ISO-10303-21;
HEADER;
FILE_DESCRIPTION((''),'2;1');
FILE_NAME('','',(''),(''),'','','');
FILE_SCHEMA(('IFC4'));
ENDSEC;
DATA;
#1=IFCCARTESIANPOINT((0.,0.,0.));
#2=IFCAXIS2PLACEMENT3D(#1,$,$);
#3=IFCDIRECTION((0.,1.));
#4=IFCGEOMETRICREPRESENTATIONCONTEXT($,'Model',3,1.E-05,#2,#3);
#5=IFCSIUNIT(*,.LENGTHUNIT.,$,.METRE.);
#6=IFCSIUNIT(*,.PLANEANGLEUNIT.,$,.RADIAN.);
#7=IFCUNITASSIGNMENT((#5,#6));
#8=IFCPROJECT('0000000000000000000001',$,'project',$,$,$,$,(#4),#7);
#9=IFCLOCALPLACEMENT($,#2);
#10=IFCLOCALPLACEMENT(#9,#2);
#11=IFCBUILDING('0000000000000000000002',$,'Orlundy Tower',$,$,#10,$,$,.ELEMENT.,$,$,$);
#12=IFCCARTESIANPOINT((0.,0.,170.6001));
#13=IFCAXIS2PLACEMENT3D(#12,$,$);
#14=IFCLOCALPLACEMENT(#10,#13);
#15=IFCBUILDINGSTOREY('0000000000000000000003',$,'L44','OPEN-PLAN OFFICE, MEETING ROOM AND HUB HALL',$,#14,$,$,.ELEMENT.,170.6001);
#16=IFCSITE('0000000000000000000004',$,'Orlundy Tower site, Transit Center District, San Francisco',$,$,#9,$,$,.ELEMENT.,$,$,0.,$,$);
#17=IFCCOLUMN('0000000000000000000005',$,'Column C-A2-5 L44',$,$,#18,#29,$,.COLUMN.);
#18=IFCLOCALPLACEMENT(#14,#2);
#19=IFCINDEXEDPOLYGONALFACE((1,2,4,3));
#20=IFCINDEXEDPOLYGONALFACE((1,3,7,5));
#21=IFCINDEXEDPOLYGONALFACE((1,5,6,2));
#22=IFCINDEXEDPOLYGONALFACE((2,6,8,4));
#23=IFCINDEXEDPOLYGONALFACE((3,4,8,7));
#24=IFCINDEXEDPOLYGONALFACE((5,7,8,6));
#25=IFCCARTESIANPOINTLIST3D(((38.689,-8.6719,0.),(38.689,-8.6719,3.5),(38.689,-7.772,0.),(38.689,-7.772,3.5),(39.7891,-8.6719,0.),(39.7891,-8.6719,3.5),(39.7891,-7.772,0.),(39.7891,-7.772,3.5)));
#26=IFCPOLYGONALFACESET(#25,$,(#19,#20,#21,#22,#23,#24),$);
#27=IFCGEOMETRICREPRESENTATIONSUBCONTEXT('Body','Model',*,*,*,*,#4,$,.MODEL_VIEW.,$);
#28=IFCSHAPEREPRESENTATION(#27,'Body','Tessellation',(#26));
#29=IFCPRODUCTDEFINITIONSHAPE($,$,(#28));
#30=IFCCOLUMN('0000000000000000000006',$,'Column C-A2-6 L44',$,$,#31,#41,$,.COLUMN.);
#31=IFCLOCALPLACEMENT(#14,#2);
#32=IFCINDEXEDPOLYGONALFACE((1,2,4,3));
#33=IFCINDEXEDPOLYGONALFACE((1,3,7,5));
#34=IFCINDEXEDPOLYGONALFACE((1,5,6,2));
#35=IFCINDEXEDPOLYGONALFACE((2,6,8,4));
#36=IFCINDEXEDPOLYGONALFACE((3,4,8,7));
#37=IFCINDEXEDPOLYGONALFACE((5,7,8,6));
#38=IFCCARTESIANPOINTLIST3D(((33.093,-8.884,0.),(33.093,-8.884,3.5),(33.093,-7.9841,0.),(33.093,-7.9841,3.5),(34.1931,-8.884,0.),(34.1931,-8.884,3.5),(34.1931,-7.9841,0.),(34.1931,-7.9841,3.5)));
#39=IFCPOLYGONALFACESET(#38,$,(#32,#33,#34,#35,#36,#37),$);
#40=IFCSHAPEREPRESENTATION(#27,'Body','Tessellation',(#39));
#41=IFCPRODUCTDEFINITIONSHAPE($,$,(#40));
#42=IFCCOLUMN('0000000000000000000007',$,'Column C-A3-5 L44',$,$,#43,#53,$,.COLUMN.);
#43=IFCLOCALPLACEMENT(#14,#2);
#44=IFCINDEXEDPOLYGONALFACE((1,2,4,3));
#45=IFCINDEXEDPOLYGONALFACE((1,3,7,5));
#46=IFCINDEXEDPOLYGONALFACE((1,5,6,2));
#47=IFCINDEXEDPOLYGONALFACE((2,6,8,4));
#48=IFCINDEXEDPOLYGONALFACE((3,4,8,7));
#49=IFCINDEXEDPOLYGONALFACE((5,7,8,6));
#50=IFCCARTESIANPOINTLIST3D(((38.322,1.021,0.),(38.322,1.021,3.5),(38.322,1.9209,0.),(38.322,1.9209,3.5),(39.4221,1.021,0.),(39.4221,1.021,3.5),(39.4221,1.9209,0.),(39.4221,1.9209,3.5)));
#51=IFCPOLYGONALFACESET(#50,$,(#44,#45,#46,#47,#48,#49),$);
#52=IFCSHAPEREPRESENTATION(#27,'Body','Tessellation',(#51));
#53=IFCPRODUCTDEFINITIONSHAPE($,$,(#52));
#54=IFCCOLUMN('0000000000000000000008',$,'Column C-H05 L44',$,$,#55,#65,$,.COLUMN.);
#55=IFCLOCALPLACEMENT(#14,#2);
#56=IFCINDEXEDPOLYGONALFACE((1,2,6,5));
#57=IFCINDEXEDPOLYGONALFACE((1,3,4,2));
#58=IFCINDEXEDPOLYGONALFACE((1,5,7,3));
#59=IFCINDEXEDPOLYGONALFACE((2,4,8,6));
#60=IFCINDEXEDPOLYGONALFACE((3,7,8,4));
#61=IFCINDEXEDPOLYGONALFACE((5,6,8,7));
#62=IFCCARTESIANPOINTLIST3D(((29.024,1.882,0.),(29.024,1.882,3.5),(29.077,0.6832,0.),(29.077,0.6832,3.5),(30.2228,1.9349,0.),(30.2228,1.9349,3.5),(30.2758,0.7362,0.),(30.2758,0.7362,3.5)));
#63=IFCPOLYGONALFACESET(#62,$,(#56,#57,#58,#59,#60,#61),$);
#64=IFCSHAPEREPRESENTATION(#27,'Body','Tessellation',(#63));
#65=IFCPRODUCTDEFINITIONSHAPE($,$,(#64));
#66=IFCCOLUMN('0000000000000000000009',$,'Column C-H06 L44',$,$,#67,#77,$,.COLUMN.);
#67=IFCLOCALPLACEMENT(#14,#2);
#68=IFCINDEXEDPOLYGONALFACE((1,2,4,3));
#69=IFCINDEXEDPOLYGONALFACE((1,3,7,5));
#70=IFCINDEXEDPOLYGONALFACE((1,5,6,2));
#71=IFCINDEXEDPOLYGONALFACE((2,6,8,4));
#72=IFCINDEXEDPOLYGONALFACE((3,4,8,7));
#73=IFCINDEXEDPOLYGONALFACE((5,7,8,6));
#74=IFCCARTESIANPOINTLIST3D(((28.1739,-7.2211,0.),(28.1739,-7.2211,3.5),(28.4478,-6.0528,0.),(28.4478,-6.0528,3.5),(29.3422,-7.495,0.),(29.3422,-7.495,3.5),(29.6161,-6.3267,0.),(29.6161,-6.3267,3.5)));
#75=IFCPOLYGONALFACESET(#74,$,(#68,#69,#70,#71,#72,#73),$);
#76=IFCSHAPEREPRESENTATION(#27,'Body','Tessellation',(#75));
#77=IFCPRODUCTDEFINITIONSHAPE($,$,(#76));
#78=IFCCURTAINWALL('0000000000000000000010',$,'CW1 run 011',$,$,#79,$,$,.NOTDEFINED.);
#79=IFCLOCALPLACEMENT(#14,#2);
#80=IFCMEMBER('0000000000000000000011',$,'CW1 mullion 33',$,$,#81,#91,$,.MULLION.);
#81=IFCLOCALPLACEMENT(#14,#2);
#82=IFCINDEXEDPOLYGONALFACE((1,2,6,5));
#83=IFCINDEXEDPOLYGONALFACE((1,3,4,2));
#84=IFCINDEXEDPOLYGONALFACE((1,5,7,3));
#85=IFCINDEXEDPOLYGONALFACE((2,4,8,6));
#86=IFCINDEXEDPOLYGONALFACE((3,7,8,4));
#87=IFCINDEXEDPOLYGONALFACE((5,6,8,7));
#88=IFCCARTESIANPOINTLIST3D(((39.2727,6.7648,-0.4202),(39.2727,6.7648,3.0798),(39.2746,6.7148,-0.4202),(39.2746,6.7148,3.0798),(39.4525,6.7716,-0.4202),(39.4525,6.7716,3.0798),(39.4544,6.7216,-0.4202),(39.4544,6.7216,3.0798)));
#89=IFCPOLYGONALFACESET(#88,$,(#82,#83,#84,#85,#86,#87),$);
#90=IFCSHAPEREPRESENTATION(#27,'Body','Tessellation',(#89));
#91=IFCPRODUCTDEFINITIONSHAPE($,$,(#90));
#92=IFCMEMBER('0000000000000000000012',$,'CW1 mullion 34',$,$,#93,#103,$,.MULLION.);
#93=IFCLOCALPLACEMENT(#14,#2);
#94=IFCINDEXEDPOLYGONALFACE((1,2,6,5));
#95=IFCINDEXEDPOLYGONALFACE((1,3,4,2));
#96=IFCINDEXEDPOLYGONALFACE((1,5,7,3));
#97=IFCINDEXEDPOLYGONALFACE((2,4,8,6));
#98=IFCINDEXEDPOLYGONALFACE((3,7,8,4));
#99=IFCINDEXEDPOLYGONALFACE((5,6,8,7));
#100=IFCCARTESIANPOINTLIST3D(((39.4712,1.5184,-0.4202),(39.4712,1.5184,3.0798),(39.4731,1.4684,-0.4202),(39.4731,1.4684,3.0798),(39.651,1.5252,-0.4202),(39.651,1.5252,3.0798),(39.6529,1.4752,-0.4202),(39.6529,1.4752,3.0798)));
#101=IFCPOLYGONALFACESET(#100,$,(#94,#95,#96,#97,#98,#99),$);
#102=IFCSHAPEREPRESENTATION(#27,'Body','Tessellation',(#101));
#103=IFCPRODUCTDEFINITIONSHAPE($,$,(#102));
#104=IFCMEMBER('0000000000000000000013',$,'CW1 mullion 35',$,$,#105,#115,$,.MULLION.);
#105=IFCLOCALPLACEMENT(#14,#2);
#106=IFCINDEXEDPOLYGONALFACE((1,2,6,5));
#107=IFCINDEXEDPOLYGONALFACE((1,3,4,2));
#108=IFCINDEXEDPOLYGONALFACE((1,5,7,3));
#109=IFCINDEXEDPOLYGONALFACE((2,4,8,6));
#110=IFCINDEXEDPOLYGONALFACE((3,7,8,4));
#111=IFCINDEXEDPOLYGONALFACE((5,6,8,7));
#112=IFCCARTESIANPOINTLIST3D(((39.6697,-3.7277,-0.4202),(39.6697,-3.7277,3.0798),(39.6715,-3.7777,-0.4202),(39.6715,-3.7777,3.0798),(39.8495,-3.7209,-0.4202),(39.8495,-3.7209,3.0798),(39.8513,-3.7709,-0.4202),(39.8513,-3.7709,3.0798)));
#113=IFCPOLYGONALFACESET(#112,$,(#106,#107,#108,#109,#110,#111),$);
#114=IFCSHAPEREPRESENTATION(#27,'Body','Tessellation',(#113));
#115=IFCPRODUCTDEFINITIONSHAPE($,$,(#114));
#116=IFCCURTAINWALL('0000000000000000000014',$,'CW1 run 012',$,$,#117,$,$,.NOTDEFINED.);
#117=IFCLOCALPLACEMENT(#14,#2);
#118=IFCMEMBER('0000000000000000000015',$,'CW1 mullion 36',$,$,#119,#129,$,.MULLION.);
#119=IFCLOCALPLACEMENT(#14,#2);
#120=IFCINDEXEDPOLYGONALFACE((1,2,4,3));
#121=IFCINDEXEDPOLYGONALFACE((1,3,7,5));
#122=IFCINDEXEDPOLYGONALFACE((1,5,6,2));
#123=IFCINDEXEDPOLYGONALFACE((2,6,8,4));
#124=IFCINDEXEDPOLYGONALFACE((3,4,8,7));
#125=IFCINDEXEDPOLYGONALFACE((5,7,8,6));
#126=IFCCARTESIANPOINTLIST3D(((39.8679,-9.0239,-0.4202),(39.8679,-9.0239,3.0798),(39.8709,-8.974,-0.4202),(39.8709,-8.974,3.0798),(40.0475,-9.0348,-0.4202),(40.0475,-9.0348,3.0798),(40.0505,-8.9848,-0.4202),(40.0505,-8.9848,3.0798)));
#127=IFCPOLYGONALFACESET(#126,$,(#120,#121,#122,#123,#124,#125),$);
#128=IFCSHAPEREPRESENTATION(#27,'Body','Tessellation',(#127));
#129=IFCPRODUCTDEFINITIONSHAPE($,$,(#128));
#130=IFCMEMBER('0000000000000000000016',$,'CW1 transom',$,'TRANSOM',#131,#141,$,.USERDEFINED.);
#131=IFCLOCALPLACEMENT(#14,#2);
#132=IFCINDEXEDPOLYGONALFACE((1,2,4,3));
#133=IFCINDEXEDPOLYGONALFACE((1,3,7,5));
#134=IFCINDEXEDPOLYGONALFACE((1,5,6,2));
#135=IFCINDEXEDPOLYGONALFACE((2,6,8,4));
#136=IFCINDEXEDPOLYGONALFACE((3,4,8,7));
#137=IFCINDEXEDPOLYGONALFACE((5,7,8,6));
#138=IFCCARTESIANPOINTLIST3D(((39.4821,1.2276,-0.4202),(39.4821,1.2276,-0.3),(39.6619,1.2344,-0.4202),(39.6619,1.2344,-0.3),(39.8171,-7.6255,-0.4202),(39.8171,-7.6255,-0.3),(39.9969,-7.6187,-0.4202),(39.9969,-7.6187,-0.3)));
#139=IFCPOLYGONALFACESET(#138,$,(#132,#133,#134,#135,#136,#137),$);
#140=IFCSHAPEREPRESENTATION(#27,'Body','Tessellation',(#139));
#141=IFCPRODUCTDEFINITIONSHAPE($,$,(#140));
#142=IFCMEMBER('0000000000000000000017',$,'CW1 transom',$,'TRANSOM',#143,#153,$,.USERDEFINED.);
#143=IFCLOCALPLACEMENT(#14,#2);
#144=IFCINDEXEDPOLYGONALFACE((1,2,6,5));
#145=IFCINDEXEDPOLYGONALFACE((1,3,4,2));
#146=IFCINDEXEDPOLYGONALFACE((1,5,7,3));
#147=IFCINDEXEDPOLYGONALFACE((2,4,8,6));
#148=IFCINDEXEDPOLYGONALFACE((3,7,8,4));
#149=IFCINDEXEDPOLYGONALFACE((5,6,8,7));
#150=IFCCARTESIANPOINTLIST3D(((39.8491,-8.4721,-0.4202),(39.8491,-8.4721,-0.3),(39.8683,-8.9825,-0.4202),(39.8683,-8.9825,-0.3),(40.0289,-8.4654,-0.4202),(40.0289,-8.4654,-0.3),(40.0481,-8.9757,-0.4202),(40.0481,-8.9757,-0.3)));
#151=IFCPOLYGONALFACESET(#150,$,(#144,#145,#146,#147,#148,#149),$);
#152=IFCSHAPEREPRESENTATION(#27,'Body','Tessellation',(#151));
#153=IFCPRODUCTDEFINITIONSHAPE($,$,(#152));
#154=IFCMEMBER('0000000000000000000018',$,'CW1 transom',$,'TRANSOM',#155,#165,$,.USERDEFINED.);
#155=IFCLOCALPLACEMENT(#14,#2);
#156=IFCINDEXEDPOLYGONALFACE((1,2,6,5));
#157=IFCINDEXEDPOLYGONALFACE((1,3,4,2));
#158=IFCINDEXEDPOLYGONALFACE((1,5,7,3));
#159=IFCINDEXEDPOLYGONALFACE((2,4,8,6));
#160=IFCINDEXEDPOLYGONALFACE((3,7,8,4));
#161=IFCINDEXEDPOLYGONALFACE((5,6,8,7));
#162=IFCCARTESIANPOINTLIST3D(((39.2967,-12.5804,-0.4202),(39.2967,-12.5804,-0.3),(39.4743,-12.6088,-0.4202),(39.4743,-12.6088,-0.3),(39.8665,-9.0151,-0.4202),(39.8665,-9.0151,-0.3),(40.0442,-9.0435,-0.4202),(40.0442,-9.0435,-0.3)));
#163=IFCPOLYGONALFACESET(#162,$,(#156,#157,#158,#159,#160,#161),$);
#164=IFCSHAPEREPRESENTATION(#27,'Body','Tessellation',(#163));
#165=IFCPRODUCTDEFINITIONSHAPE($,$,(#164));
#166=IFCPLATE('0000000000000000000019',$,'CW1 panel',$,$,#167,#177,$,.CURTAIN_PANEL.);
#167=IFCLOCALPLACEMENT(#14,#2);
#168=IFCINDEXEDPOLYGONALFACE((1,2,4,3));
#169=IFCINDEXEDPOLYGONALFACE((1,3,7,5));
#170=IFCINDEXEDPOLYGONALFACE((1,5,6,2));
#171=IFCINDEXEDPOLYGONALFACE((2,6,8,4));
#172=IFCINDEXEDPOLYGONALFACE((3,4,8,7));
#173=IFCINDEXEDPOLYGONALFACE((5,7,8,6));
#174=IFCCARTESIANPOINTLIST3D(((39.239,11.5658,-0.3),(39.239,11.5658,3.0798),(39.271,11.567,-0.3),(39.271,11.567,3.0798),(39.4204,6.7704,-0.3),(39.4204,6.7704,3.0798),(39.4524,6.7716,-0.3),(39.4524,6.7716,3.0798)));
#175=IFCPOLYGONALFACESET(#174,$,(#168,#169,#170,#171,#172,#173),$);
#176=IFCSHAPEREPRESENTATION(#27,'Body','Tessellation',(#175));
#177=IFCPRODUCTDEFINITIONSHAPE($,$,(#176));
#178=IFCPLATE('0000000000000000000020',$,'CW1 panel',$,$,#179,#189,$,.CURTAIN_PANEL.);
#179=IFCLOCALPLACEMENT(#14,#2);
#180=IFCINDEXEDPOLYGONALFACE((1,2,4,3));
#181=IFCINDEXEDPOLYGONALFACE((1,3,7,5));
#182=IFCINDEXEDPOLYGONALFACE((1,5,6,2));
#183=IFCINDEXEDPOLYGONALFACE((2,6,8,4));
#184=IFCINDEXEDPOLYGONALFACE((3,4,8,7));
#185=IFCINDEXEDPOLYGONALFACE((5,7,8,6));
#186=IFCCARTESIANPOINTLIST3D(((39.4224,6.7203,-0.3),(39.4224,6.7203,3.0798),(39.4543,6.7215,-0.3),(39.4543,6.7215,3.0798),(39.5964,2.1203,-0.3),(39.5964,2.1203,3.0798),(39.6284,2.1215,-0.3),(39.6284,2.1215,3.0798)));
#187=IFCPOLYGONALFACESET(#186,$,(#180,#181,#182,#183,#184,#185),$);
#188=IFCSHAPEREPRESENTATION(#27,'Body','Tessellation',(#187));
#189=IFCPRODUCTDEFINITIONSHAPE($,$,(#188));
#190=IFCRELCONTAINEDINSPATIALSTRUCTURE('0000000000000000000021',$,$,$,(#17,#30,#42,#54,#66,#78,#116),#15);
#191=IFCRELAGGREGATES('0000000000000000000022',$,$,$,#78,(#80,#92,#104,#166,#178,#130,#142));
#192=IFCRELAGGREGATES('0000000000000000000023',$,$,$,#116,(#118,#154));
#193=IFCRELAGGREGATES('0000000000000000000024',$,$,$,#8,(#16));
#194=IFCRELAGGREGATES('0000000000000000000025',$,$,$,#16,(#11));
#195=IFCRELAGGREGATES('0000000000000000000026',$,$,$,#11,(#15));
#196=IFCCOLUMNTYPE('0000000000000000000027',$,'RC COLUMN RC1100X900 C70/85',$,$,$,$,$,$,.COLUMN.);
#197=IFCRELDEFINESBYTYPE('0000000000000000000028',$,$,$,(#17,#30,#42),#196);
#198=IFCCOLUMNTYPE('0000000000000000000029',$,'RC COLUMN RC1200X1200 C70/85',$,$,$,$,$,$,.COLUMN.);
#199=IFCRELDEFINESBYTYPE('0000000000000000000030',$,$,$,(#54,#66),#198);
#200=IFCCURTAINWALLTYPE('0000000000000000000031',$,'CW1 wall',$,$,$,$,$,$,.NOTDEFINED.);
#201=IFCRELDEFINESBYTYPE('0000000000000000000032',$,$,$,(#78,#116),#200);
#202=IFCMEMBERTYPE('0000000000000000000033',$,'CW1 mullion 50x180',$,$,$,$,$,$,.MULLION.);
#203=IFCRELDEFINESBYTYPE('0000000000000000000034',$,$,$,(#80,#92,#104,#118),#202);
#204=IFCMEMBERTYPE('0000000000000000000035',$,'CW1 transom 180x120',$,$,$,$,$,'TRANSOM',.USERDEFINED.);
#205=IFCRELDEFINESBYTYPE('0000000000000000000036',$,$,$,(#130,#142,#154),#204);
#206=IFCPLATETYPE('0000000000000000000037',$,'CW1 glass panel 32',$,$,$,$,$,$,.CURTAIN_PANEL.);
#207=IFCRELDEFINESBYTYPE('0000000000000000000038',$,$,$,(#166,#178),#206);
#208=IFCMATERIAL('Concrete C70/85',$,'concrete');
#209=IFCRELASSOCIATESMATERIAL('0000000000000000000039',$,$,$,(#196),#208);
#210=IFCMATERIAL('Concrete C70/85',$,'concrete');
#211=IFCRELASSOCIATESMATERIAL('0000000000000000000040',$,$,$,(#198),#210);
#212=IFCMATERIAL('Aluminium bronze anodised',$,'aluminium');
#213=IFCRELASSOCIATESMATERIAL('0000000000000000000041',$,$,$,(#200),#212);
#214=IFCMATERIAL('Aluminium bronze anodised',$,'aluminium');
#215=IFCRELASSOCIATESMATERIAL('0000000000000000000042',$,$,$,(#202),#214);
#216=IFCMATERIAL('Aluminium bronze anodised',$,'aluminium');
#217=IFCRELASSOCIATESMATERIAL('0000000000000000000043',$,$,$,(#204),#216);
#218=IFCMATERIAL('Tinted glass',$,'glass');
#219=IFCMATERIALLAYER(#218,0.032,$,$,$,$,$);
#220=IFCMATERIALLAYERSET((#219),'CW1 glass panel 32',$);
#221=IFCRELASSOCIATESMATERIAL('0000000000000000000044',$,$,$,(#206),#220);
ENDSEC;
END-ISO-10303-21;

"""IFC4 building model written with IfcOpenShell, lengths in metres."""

from ifc_helpers import new_model, si_unit, direction, frame, origin, origin_2d, place, context, subcontext, project, spatial, rectangle, extrude, material, layer, layer_set, material_profile, profile_set, type_object, element, aggregate, save


model = new_model("IFC4")

# Units and contexts
model_context = context("Model", 3, precision=1e-05, world=origin(), true_north=direction((0.0, 1.0)))
body_context = subcontext(model_context, "Body", "Model", "MODEL_VIEW")
ifc_project = project(units=[si_unit("LENGTHUNIT", "METRE"), si_unit("PLANEANGLEUNIT", "RADIAN")], contexts=[model_context])

# Site, building, storey
site_placement = place(None, origin())
site = spatial("IfcSite", under=ifc_project, at=site_placement, Name="Orlundy Tower site, Transit Center District, San Francisco", CompositionType="ELEMENT", RefElevation=0.0)
building_placement = place(site_placement, origin())
building = spatial("IfcBuilding", under=site, at=building_placement, Name="Orlundy Tower", CompositionType="ELEMENT")
storey_placement = place(building_placement, frame((0.0, 0.0, 170.6001)))
storey = spatial("IfcBuildingStorey", under=building, at=storey_placement, Name="L44", Description="OPEN-PLAN OFFICE, MEETING ROOM AND HUB HALL", CompositionType="ELEMENT", Elevation=170.6001)

# Columns
ifc_material_1 = material(Name="Concrete C70/85", Category="concrete")
ifc_material_profile_1 = material_profile(ifc_material_1, rectangle(XDim=1.1001, YDim=0.8999, at=origin_2d()), Name="RC1100X900")
ifc_profile_set_1 = profile_set([ifc_material_profile_1], Name="Concrete C70/85")
column_type_1 = type_object("IfcColumnType", Name="RC COLUMN RC1100X900 C70/85", PredefinedType="COLUMN", material=ifc_profile_set_1)
for number, where, z_axis, x_axis, name in (
    (1, (39.239, -8.2219, 0.0), (0.0, 0.0, 1.0), (1.0, 0.0, 0.0), "Column C-A2-5 L44"),
    (2, (33.6431, -8.4341, 0.0), (0.0, 0.0, 1.0), (1.0, 0.0, 0.0), "Column C-A2-6 L44"),
    (3, (38.8721, 1.4709, 0.0), (0.0, 0.0, 1.0), (1.0, 0.0, 0.0), "Column C-A3-5 L44"),
):
    element("IfcColumn", number, at=place(storey_placement, frame(where, z_axis=z_axis, x_axis=x_axis)), inside=storey, type_object=column_type_1, Name=name, PredefinedType="COLUMN", context=body_context, shape_type="SweptSolid", body=[
        extrude(rectangle(XDim=1.1001, YDim=0.8999, at=origin_2d()), origin(), (0.0, 0.0, 1.0), 3.5),
    ])
ifc_material_2 = material(Name="Concrete C70/85", Category="concrete")
ifc_material_profile_2 = material_profile(ifc_material_2, rectangle(XDim=1.2, YDim=1.2, at=origin_2d()), Name="RC1200X1200")
ifc_profile_set_2 = profile_set([ifc_material_profile_2], Name="Concrete C70/85")
column_type_2 = type_object("IfcColumnType", Name="RC COLUMN RC1200X1200 C70/85", PredefinedType="COLUMN", material=ifc_profile_set_2)
for number, where, z_axis, x_axis, name in (
    (4, (29.6499, 1.3091, 0.0), (0.0, 0.0, 1.0), (0.999027, 0.044108, 0.0), "Column C-H05 L44"),
    (5, (28.895, -6.7739, 0.0), (0.0, 0.0, 1.0), (0.973603, -0.228249, 0.0), "Column C-H06 L44"),
):
    element("IfcColumn", number, at=place(storey_placement, frame(where, z_axis=z_axis, x_axis=x_axis)), inside=storey, type_object=column_type_2, Name=name, PredefinedType="COLUMN", context=body_context, shape_type="SweptSolid", body=[
        extrude(rectangle(XDim=1.2, YDim=1.2, at=origin_2d()), origin(), (0.0, 0.0, 1.0), 3.5),
    ])

# Curtain wall, members
ifc_material_3 = material(Name="Aluminium bronze anodised", Category="aluminium")
curtain_wall_type = type_object("IfcCurtainWallType", Name="CW1 wall", PredefinedType="NOTDEFINED", material=ifc_material_3)
curtain_wall_1_placement = place(storey_placement, origin())
curtain_wall_1 = element("IfcCurtainWall", 6, at=curtain_wall_1_placement, inside=storey, type_object=curtain_wall_type, Name="CW1 run 011", PredefinedType="NOTDEFINED")
ifc_material_4 = material(Name="Aluminium bronze anodised", Category="aluminium")
ifc_material_profile_3 = material_profile(ifc_material_4, rectangle(XDim=0.1799, YDim=0.05, at=origin_2d()), Name="CW1 mullion 50x180")
ifc_profile_set_3 = profile_set([ifc_material_profile_3], Name="Aluminium bronze anodised")
member_type_1 = type_object("IfcMemberType", Name="CW1 mullion 50x180", PredefinedType="MULLION", material=ifc_profile_set_3)
member_1_placement = place(storey_placement, frame((39.3635, 6.7432, -0.4202), z_axis=(0.0, 0.0, 1.0), x_axis=(0.999285, 0.037809, 0.0)))
member_1 = element("IfcMember", 7, at=member_1_placement, type_object=member_type_1, Name="CW1 mullion 33", PredefinedType="MULLION", context=body_context, shape_type="SweptSolid", body=[
    extrude(rectangle(XDim=0.1799, YDim=0.05, at=origin_2d()), origin(), (0.0, 0.0, 1.0), 3.5),
])
member_2_placement = place(storey_placement, frame((39.562, 1.4968, -0.4202), z_axis=(0.0, 0.0, 1.0), x_axis=(0.999285, 0.037809, 0.0)))
member_2 = element("IfcMember", 8, at=member_2_placement, type_object=member_type_1, Name="CW1 mullion 34", PredefinedType="MULLION", context=body_context, shape_type="SweptSolid", body=[
    extrude(rectangle(XDim=0.1799, YDim=0.05, at=origin_2d()), origin(), (0.0, 0.0, 1.0), 3.5),
])
member_3_placement = place(storey_placement, frame((39.7605, -3.7493, -0.4202), z_axis=(0.0, 0.0, 1.0), x_axis=(0.999285, 0.037809, 0.0)))
member_3 = element("IfcMember", 9, at=member_3_placement, type_object=member_type_1, Name="CW1 mullion 35", PredefinedType="MULLION", context=body_context, shape_type="SweptSolid", body=[
    extrude(rectangle(XDim=0.1799, YDim=0.05, at=origin_2d()), origin(), (0.0, 0.0, 1.0), 3.5),
])

# Curtain wall, member
curtain_wall_2_placement = place(storey_placement, origin())
curtain_wall_2 = element("IfcCurtainWall", 10, at=curtain_wall_2_placement, inside=storey, type_object=curtain_wall_type, Name="CW1 run 012", PredefinedType="NOTDEFINED")
member_4_placement = place(storey_placement, frame((39.9592, -9.0044, -0.4202), z_axis=(0.0, 0.0, 1.0), x_axis=(0.99818, -0.060302, 0.0)))
member_4 = element("IfcMember", 11, at=member_4_placement, type_object=member_type_1, Name="CW1 mullion 36", PredefinedType="MULLION", context=body_context, shape_type="SweptSolid", body=[
    extrude(rectangle(XDim=0.1799, YDim=0.05, at=origin_2d()), origin(), (0.0, 0.0, 1.0), 3.5),
])

# Members
ifc_material_5 = material(Name="Aluminium bronze anodised", Category="aluminium")
ifc_material_profile_4 = material_profile(ifc_material_5, rectangle(XDim=0.1799, YDim=0.1201, at=origin_2d()), Name="CW1 transom 180x120")
ifc_profile_set_4 = profile_set([ifc_material_profile_4], Name="Aluminium bronze anodised")
member_type_2 = type_object("IfcMemberType", Name="CW1 transom 180x120", ElementType="TRANSOM", PredefinedType="USERDEFINED", material=ifc_profile_set_4)
member_5_placement = place(storey_placement, frame((39.572, 1.231, -0.3601), z_axis=(0.037809, -0.999285, 0.0), x_axis=(0.999285, 0.037809, 0.0)))
member_5 = element("IfcMember", 12, at=member_5_placement, type_object=member_type_2, Name="CW1 transom", ObjectType="TRANSOM", PredefinedType="USERDEFINED", context=body_context, shape_type="SweptSolid", body=[
    extrude(rectangle(XDim=0.1799, YDim=0.1201, at=origin_2d()), origin(), (0.0, 0.0, 1.0), 8.8594),
])
member_6_placement = place(storey_placement, frame((39.939, -8.4688, -0.3601), z_axis=(0.037754, -0.999287, 0.0), x_axis=(0.999287, 0.037754, 0.0)))
member_6 = element("IfcMember", 13, at=member_6_placement, type_object=member_type_2, Name="CW1 transom", ObjectType="TRANSOM", PredefinedType="USERDEFINED", context=body_context, shape_type="SweptSolid", body=[
    extrude(rectangle(XDim=0.1799, YDim=0.1201, at=origin_2d()), origin(), (0.0, 0.0, 1.0), 0.5107),
])
member_7_placement = place(storey_placement, frame((39.9553, -9.0293, -0.3601), z_axis=(-0.157816, -0.987468, 0.0), x_axis=(0.987468, -0.157816, 0.0)))
member_7 = element("IfcMember", 14, at=member_7_placement, type_object=member_type_2, Name="CW1 transom", ObjectType="TRANSOM", PredefinedType="USERDEFINED", context=body_context, shape_type="SweptSolid", body=[
    extrude(rectangle(XDim=0.1799, YDim=0.1201, at=origin_2d()), origin(), (0.0, 0.0, 1.0), 3.6106),
])

# Plates
ifc_material_6 = material(Name="Tinted glass", Category="glass")
ifc_layer_1 = layer(ifc_material_6, 0.032)
ifc_layer_set_1 = layer_set([ifc_layer_1], Name="CW1 glass panel 32")
plate_type = type_object("IfcPlateType", Name="CW1 glass panel 32", PredefinedType="CURTAIN_PANEL", material=ifc_layer_set_1)
plate_1_placement = place(storey_placement, frame((39.3457, 9.1687, -0.3), z_axis=(0.0, 0.0, 1.0), x_axis=(0.037809, -0.999285, 0.0)))
plate_1 = element("IfcPlate", 15, at=plate_1_placement, type_object=plate_type, Name="CW1 panel", PredefinedType="CURTAIN_PANEL", context=body_context, shape_type="SweptSolid", body=[
    extrude(rectangle(XDim=4.7988, YDim=0.032, at=origin_2d()), origin(), (0.0, 0.0, 1.0), 3.3799),
])
plate_2_placement = place(storey_placement, frame((39.5254, 4.4209, -0.3), z_axis=(0.0, 0.0, 1.0), x_axis=(0.037809, -0.999285, 0.0)))
plate_2 = element("IfcPlate", 16, at=plate_2_placement, type_object=plate_type, Name="CW1 panel", PredefinedType="CURTAIN_PANEL", context=body_context, shape_type="SweptSolid", body=[
    extrude(rectangle(XDim=4.6033, YDim=0.032, at=origin_2d()), origin(), (0.0, 0.0, 1.0), 3.3799),
])
aggregate(curtain_wall_1, [member_1, member_2, member_3, plate_1, plate_2, member_5, member_6])
aggregate(curtain_wall_2, [member_4, member_7])

save(model, "model.ifc")
